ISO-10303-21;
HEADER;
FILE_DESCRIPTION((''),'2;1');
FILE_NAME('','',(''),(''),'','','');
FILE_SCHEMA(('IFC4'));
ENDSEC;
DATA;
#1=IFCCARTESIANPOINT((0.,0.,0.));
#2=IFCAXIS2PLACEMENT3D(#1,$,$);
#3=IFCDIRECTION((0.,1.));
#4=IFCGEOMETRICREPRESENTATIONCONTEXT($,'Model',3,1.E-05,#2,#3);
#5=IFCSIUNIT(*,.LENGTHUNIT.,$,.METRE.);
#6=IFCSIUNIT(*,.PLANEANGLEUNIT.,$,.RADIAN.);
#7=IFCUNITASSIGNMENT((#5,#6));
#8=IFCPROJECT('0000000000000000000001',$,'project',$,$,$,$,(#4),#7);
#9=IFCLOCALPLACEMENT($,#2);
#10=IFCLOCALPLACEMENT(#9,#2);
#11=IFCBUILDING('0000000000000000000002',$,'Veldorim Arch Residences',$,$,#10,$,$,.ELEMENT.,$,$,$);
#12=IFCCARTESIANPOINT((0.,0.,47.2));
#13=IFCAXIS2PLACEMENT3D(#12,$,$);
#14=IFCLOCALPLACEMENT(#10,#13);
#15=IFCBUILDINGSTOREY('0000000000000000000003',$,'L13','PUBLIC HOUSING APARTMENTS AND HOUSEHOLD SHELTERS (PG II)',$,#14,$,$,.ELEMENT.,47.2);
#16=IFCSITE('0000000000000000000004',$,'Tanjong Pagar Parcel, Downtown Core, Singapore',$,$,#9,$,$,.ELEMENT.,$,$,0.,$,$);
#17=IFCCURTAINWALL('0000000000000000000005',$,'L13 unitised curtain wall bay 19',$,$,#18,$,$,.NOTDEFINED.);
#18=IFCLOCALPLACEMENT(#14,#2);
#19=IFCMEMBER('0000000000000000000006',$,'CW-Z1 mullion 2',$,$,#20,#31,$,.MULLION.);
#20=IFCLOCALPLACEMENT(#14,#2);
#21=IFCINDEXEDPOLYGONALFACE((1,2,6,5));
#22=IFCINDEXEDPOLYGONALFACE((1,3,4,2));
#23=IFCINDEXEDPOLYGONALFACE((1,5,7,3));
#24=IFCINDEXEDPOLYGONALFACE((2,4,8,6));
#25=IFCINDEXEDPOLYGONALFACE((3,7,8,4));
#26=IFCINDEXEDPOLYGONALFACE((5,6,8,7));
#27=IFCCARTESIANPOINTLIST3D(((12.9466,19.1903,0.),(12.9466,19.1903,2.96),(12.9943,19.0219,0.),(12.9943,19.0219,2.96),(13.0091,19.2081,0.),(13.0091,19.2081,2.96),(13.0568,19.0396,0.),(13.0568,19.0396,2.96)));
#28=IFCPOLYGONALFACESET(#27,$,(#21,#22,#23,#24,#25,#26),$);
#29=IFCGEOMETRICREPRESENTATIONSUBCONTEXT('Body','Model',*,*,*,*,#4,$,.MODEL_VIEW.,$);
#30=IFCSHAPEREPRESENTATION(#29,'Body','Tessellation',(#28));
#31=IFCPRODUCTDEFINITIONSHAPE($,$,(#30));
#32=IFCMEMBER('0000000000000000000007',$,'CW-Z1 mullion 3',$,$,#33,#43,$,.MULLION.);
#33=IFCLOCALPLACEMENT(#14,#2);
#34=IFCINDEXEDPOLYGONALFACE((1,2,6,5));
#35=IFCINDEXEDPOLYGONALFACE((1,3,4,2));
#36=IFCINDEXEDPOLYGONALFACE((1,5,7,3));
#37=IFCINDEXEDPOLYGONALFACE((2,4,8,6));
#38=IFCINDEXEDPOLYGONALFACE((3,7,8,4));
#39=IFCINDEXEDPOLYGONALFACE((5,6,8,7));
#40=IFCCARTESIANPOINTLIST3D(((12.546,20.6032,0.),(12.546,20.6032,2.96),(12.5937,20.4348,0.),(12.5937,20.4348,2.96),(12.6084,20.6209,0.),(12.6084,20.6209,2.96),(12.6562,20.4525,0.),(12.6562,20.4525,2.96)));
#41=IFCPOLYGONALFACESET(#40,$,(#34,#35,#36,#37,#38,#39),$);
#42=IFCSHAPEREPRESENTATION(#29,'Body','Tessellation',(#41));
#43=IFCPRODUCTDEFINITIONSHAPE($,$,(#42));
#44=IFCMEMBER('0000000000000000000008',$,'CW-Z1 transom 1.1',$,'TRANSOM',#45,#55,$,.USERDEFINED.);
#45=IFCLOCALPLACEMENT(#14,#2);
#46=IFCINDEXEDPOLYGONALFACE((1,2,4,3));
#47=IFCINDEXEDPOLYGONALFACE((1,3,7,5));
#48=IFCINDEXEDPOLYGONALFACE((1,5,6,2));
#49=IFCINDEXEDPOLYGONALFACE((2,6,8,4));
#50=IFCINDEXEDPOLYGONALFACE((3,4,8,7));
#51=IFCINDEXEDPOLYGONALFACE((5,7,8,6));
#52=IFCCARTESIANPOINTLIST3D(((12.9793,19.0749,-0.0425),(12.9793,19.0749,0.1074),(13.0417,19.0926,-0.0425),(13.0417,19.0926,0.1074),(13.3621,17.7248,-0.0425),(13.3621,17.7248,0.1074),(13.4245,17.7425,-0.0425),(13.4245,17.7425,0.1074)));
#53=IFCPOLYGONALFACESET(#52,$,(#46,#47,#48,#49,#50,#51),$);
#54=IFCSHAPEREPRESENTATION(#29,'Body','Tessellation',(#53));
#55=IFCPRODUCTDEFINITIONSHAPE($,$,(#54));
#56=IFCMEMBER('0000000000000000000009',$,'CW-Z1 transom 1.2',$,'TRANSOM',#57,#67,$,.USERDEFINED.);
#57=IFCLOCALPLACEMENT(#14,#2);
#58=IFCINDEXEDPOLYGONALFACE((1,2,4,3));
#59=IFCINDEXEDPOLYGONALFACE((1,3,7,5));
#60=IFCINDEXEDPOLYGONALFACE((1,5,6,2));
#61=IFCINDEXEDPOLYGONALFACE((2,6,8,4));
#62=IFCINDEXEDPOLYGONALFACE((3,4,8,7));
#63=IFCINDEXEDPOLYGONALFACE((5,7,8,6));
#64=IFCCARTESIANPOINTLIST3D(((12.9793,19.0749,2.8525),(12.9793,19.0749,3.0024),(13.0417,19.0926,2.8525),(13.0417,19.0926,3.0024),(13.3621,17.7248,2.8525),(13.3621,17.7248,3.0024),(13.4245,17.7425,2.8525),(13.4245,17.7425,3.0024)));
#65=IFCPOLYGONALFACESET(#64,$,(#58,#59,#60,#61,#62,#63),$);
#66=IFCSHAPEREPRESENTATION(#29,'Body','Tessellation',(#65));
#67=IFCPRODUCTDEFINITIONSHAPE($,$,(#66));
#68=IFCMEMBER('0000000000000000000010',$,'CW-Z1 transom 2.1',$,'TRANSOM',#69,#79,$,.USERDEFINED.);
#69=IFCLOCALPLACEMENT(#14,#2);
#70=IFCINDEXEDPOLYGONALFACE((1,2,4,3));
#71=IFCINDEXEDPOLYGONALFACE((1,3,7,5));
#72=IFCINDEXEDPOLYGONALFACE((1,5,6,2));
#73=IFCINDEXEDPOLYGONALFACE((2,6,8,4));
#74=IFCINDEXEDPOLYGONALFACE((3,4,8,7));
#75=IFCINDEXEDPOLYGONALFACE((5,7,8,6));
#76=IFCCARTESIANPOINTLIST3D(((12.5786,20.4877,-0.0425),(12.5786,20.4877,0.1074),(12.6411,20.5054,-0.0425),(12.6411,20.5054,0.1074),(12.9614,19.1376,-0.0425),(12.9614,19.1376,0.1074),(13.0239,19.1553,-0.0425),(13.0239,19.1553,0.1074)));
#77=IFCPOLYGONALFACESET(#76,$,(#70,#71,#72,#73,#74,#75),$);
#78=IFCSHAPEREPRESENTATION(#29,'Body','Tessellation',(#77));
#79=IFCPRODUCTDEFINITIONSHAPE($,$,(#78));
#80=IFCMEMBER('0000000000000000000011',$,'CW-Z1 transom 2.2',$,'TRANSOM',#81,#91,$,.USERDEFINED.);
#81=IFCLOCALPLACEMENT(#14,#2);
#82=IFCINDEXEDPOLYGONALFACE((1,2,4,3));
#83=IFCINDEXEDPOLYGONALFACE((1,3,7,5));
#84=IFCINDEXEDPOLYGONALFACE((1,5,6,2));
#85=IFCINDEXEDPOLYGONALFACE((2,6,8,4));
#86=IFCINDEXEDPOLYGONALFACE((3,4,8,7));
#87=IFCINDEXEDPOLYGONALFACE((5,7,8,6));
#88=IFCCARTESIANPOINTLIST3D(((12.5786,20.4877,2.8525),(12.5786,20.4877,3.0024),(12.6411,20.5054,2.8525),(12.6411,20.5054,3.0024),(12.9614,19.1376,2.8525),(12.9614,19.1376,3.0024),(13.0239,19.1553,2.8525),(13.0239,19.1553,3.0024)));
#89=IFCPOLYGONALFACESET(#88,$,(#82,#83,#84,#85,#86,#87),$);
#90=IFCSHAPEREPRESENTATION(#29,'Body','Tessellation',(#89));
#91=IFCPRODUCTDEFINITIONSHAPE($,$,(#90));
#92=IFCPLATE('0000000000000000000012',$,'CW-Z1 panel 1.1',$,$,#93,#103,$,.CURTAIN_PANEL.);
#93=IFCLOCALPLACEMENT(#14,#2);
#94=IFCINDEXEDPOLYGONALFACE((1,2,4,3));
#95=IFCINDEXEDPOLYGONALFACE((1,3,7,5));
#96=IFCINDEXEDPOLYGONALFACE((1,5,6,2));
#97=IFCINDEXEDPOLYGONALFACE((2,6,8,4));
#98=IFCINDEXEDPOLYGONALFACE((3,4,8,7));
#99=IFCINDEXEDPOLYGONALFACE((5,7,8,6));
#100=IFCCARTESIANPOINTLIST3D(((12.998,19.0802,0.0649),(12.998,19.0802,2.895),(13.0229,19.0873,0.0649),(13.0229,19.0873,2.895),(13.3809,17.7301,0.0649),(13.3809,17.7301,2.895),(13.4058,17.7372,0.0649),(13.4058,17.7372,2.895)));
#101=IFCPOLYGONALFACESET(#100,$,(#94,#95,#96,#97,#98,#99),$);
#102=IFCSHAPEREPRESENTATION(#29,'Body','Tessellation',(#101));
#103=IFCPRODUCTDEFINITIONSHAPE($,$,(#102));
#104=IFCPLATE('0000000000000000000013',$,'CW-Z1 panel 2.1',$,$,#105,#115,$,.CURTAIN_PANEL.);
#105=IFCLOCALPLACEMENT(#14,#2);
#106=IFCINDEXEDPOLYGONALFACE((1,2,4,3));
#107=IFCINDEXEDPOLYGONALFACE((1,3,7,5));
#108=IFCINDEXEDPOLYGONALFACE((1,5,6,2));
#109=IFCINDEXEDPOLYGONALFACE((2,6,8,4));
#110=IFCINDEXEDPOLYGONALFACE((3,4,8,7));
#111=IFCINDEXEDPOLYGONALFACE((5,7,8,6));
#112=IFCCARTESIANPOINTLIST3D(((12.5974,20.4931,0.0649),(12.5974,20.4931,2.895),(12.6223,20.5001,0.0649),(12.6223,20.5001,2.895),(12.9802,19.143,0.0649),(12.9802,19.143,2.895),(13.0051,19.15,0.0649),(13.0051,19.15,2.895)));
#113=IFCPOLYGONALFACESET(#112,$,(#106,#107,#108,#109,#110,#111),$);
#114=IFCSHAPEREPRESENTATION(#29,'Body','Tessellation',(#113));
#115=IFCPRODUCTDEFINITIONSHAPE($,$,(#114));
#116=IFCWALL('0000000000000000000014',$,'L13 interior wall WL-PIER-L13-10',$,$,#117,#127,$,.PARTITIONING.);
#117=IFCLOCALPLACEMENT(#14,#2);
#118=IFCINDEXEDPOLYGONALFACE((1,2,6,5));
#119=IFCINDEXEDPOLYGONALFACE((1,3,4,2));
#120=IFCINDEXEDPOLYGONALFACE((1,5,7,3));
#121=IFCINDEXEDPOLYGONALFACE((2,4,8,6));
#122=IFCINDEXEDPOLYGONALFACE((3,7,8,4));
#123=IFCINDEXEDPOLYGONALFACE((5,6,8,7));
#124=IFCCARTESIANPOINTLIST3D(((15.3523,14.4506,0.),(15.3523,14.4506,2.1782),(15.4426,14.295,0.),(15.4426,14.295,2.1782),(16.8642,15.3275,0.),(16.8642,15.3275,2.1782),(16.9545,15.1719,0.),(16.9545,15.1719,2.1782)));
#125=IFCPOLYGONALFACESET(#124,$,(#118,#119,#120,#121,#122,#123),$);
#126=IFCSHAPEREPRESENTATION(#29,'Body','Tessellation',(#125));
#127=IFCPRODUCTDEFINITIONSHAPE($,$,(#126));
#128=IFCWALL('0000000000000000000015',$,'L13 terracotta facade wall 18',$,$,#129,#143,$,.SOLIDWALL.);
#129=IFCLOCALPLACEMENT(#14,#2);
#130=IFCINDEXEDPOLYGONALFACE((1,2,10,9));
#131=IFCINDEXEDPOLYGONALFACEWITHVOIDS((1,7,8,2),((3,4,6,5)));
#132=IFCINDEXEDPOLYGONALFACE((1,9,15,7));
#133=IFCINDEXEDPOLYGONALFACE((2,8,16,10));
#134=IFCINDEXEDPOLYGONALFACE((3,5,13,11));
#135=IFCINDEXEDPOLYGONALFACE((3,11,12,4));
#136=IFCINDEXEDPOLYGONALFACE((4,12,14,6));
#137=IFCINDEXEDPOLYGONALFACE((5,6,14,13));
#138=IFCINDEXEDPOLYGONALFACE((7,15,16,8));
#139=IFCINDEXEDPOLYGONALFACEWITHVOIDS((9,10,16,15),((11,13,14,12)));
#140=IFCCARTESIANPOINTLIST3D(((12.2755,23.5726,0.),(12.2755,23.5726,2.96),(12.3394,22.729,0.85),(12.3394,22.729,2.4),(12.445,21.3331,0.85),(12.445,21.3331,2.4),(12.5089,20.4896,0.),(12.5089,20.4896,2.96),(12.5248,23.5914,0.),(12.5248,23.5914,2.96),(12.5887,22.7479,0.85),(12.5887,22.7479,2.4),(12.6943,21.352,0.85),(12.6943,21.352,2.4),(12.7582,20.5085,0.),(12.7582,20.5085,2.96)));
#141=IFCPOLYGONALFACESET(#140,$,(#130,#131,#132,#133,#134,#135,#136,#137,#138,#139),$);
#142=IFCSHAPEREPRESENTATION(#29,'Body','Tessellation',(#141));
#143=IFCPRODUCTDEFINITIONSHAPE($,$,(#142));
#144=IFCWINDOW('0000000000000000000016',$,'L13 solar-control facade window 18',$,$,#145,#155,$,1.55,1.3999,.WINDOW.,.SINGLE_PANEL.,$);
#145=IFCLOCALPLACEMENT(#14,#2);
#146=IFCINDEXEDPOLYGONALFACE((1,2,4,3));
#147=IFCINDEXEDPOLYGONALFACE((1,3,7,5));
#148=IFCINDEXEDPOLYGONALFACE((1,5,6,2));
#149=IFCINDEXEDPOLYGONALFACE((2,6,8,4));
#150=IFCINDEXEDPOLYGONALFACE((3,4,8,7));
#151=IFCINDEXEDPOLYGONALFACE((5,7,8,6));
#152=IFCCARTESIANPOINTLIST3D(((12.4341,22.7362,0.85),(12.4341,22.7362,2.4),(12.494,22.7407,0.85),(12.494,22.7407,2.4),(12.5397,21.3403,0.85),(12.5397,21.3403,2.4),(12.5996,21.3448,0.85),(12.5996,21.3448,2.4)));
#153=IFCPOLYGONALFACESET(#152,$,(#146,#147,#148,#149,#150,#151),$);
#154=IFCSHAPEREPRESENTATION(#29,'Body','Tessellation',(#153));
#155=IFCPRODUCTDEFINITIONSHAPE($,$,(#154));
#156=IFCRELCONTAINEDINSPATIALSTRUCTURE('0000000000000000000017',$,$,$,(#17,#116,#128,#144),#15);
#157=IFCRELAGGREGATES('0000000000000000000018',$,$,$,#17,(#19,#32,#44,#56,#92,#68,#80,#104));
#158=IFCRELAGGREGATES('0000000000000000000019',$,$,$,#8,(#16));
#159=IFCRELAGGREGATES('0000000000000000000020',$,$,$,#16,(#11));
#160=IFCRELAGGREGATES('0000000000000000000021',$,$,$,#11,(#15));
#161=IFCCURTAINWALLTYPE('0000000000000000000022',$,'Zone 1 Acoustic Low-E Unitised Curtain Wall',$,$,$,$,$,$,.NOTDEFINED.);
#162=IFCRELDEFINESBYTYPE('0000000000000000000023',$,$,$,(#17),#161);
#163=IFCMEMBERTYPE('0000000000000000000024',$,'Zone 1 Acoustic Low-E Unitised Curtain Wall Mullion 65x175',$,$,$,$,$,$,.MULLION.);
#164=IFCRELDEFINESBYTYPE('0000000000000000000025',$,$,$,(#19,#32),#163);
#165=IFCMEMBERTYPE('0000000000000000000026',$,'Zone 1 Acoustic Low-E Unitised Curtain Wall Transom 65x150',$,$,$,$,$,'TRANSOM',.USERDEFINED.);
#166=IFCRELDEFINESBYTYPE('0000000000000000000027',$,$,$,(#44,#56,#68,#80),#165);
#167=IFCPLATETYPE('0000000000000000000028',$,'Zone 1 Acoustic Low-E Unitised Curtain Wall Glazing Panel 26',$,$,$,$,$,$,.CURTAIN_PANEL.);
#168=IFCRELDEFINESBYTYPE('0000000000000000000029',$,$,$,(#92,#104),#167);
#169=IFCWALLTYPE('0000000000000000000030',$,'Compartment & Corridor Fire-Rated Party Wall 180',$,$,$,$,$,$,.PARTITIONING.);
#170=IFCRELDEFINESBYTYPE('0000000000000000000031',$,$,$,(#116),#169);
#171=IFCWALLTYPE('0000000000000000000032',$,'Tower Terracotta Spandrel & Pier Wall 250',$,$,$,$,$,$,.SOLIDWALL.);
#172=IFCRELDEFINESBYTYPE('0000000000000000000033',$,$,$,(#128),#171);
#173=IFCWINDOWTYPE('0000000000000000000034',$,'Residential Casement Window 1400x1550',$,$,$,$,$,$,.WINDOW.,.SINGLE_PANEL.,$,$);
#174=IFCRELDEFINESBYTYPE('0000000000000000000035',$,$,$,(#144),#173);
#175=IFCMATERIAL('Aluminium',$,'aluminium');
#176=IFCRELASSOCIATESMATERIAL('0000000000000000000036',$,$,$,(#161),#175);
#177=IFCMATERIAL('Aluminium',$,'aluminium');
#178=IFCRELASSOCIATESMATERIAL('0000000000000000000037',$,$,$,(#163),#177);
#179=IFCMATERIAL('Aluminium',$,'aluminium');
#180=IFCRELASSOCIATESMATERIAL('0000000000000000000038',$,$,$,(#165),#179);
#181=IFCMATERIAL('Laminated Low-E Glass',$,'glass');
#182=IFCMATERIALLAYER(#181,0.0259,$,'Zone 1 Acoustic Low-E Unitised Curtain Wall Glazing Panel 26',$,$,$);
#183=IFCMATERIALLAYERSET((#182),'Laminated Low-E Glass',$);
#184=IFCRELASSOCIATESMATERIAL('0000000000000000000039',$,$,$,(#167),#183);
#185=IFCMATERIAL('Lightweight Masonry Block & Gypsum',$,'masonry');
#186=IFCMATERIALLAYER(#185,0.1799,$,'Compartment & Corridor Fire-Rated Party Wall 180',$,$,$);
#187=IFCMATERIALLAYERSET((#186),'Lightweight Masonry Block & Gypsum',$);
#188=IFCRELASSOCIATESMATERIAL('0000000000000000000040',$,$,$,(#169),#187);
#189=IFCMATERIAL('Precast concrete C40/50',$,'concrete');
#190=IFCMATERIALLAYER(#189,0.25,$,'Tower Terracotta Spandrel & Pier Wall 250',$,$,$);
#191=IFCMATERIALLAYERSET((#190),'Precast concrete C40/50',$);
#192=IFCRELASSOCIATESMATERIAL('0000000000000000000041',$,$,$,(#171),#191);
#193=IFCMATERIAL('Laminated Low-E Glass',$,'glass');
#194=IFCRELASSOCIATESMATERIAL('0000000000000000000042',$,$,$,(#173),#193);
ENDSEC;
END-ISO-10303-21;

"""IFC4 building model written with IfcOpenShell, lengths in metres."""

from ifc_helpers import new_model, si_unit, direction, frame, frame_2d, origin, origin_2d, place, context, subcontext, project, spatial, rectangle, extrude, material, layer, layer_set, material_profile, profile_set, type_object, element, fill, aggregate, save


model = new_model("IFC4")

# Units and contexts
model_context = context("Model", 3, precision=1e-05, world=origin(), true_north=direction((0.0, 1.0)))
body_context = subcontext(model_context, "Body", "Model", "MODEL_VIEW")
ifc_project = project(units=[si_unit("LENGTHUNIT", "METRE"), si_unit("PLANEANGLEUNIT", "RADIAN")], contexts=[model_context])

# Site, building, storey
site_placement = place(None, origin())
site = spatial("IfcSite", under=ifc_project, at=site_placement, Name="Tanjong Pagar Parcel, Downtown Core, Singapore", CompositionType="ELEMENT", RefElevation=0.0)
building_placement = place(site_placement, origin())
building = spatial("IfcBuilding", under=site, at=building_placement, Name="Veldorim Arch Residences", CompositionType="ELEMENT")
storey_placement = place(building_placement, frame((0.0, 0.0, 47.2)))
storey = spatial("IfcBuildingStorey", under=building, at=storey_placement, Name="L13", Description="PUBLIC HOUSING APARTMENTS AND HOUSEHOLD SHELTERS (PG II)", CompositionType="ELEMENT", Elevation=47.2)

# Curtain wall, members, plates
ifc_material_1 = material(Name="Aluminium", Category="aluminium")
curtain_wall_type = type_object("IfcCurtainWallType", Name="Zone 1 Acoustic Low-E Unitised Curtain Wall", PredefinedType="NOTDEFINED", material=ifc_material_1)
curtain_wall_placement = place(storey_placement, origin())
curtain_wall = element("IfcCurtainWall", 1, at=curtain_wall_placement, inside=storey, type_object=curtain_wall_type, Name="L13 unitised curtain wall bay 19", PredefinedType="NOTDEFINED")
ifc_material_2 = material(Name="Aluminium", Category="aluminium")
ifc_material_profile_1 = material_profile(ifc_material_2, rectangle(XDim=0.0649, YDim=0.175, at=origin_2d()), Name="ALU_MUL_65x175")
ifc_profile_set_1 = profile_set([ifc_material_profile_1], Name="Aluminium")
member_type_1 = type_object("IfcMemberType", Name="Zone 1 Acoustic Low-E Unitised Curtain Wall Mullion 65x175", PredefinedType="MULLION", material=ifc_profile_set_1)
member_1_placement = place(storey_placement, frame((13.0017, 19.115, 0.0), z_axis=(0.0, 0.0, 1.0), x_axis=(-0.962071, -0.272798, 0.0)))
member_1 = element("IfcMember", 2, at=member_1_placement, type_object=member_type_1, Name="CW-Z1 mullion 2", PredefinedType="MULLION", context=body_context, shape_type="SweptSolid", body=[
    extrude(rectangle(XDim=0.0649, YDim=0.175, at=origin_2d()), origin(), (0.0, 0.0, 1.0), 2.96),
])
member_2_placement = place(storey_placement, frame((12.6011, 20.5278, 0.0), z_axis=(0.0, 0.0, 1.0), x_axis=(-0.962071, -0.272798, 0.0)))
member_2 = element("IfcMember", 3, at=member_2_placement, type_object=member_type_1, Name="CW-Z1 mullion 3", PredefinedType="MULLION", context=body_context, shape_type="SweptSolid", body=[
    extrude(rectangle(XDim=0.0649, YDim=0.175, at=origin_2d()), origin(), (0.0, 0.0, 1.0), 2.96),
])
ifc_material_3 = material(Name="Aluminium", Category="aluminium")
ifc_material_profile_2 = material_profile(ifc_material_3, rectangle(XDim=0.0649, YDim=0.1499, at=origin_2d()), Name="ALU_TRN_65x150")
ifc_profile_set_2 = profile_set([ifc_material_profile_2], Name="Aluminium")
member_type_2 = type_object("IfcMemberType", Name="Zone 1 Acoustic Low-E Unitised Curtain Wall Transom 65x150", ElementType="TRANSOM", PredefinedType="USERDEFINED", material=ifc_profile_set_2)
member_3_placement = place(storey_placement, frame((13.3933, 17.7336, 0.0325), z_axis=(-0.27279, 0.962073, 0.0), x_axis=(-0.962073, -0.27279, 0.0)))
member_3 = element("IfcMember", 4, at=member_3_placement, type_object=member_type_2, Name="CW-Z1 transom 1.1", ObjectType="TRANSOM", PredefinedType="USERDEFINED", context=body_context, shape_type="SweptSolid", body=[
    extrude(rectangle(XDim=0.0649, YDim=0.1499, at=origin_2d()), origin(), (0.0, 0.0, 1.0), 1.4033),
])
member_4_placement = place(storey_placement, frame((13.3933, 17.7336, 2.9275), z_axis=(-0.27279, 0.962073, 0.0), x_axis=(-0.962073, -0.27279, 0.0)))
member_4 = element("IfcMember", 5, at=member_4_placement, type_object=member_type_2, Name="CW-Z1 transom 1.2", ObjectType="TRANSOM", PredefinedType="USERDEFINED", context=body_context, shape_type="SweptSolid", body=[
    extrude(rectangle(XDim=0.0649, YDim=0.1499, at=origin_2d()), origin(), (0.0, 0.0, 1.0), 1.4033),
])
member_5_placement = place(storey_placement, frame((12.9927, 19.1465, 0.0325), z_axis=(-0.27279, 0.962073, 0.0), x_axis=(-0.962073, -0.27279, 0.0)))
member_5 = element("IfcMember", 6, at=member_5_placement, type_object=member_type_2, Name="CW-Z1 transom 2.1", ObjectType="TRANSOM", PredefinedType="USERDEFINED", context=body_context, shape_type="SweptSolid", body=[
    extrude(rectangle(XDim=0.0649, YDim=0.1499, at=origin_2d()), origin(), (0.0, 0.0, 1.0), 1.4033),
])
member_6_placement = place(storey_placement, frame((12.9927, 19.1465, 2.9275), z_axis=(-0.27279, 0.962073, 0.0), x_axis=(-0.962073, -0.27279, 0.0)))
member_6 = element("IfcMember", 7, at=member_6_placement, type_object=member_type_2, Name="CW-Z1 transom 2.2", ObjectType="TRANSOM", PredefinedType="USERDEFINED", context=body_context, shape_type="SweptSolid", body=[
    extrude(rectangle(XDim=0.0649, YDim=0.1499, at=origin_2d()), origin(), (0.0, 0.0, 1.0), 1.4033),
])
ifc_material_4 = material(Name="Laminated Low-E Glass", Category="glass")
ifc_layer_1 = layer(ifc_material_4, 0.0259, Name="Zone 1 Acoustic Low-E Unitised Curtain Wall Glazing Panel 26")
ifc_layer_set_1 = layer_set([ifc_layer_1], Name="Laminated Low-E Glass")
plate_type = type_object("IfcPlateType", Name="Zone 1 Acoustic Low-E Unitised Curtain Wall Glazing Panel 26", PredefinedType="CURTAIN_PANEL", material=ifc_layer_set_1)
plate_1_placement = place(storey_placement, frame((13.2019, 18.4087, 0.0649), z_axis=(0.0, 0.0, 1.0), x_axis=(-0.272798, 0.962071, 0.0)))
plate_1 = element("IfcPlate", 8, at=plate_1_placement, type_object=plate_type, Name="CW-Z1 panel 1.1", PredefinedType="CURTAIN_PANEL", context=body_context, shape_type="SweptSolid", body=[
    extrude(rectangle(XDim=1.4033, YDim=0.0259, at=origin_2d()), origin(), (0.0, 0.0, 1.0), 2.8301),
])
plate_2_placement = place(storey_placement, frame((12.8013, 19.8215, 0.0649), z_axis=(0.0, 0.0, 1.0), x_axis=(-0.272798, 0.962071, 0.0)))
plate_2 = element("IfcPlate", 9, at=plate_2_placement, type_object=plate_type, Name="CW-Z1 panel 2.1", PredefinedType="CURTAIN_PANEL", context=body_context, shape_type="SweptSolid", body=[
    extrude(rectangle(XDim=1.4033, YDim=0.0259, at=origin_2d()), origin(), (0.0, 0.0, 1.0), 2.8301),
])
aggregate(curtain_wall, [member_1, member_2, member_3, member_4, plate_1, member_5, member_6, plate_2])

# Wall
ifc_material_5 = material(Name="Lightweight Masonry Block & Gypsum", Category="masonry")
ifc_layer_2 = layer(ifc_material_5, 0.1799, Name="Compartment & Corridor Fire-Rated Party Wall 180")
ifc_layer_set_2 = layer_set([ifc_layer_2], Name="Lightweight Masonry Block & Gypsum")
wall_type_1 = type_object("IfcWallType", Name="Compartment & Corridor Fire-Rated Party Wall 180", PredefinedType="PARTITIONING", material=ifc_layer_set_2)
wall_1_placement = place(storey_placement, frame((16.9094, 15.2498, 0.0), z_axis=(0.0, 0.0, 1.0), x_axis=(-0.865028, -0.501724, 0.0)))
element("IfcWall", 10, at=wall_1_placement, inside=storey, type_object=wall_type_1, Name="L13 interior wall WL-PIER-L13-10", PredefinedType="PARTITIONING", context=body_context, shape_type="SweptSolid", body=[
    extrude(rectangle(XDim=1.7478, YDim=0.1799, at=frame_2d((0.874, 0.0))), origin(), (0.0, 0.0, 1.0), 2.1782),
])

# Wall, opening, window
ifc_material_6 = material(Name="Precast concrete C40/50", Category="concrete")
ifc_layer_3 = layer(ifc_material_6, 0.25, Name="Tower Terracotta Spandrel & Pier Wall 250")
ifc_layer_set_3 = layer_set([ifc_layer_3], Name="Precast concrete C40/50")
wall_type_2 = type_object("IfcWallType", Name="Tower Terracotta Spandrel & Pier Wall 250", PredefinedType="SOLIDWALL", material=ifc_layer_set_3)
wall_2_placement = place(storey_placement, frame((12.6335, 20.499, 0.0), z_axis=(0.0, 0.0, 1.0), x_axis=(-0.075489, 0.997147, 0.0)))
wall_2 = element("IfcWall", 11, at=wall_2_placement, inside=storey, type_object=wall_type_2, Name="L13 terracotta facade wall 18", PredefinedType="SOLIDWALL", context=body_context, shape_type="SweptSolid", body=[
    extrude(rectangle(XDim=3.0918, YDim=0.25, at=frame_2d((1.5459, 0.0))), origin(), (0.0, 0.0, 1.0), 2.96),
])
opening_1_placement = place(wall_2_placement, frame((0.8459, 0.0, 0.8501)))
opening_1 = element("IfcOpeningElement", 12, at=opening_1_placement, cuts=wall_2, PredefinedType="OPENING", context=body_context, shape_type="SweptSolid", body=[
    extrude(rectangle(XDim=1.3999, YDim=1.55, at=frame_2d((0.7, 0.7749))), frame((0.0, 0.135, 0.0), z_axis=(0.0, -1.0, 0.0), x_axis=(1.0, 0.0, 0.0)), (0.0, 0.0, 1.0), 0.27),
])
ifc_material_7 = material(Name="Laminated Low-E Glass", Category="glass")
window_type = type_object("IfcWindowType", Name="Residential Casement Window 1400x1550", PartitioningType="SINGLE_PANEL", PredefinedType="WINDOW", material=ifc_material_7)
window_1_placement = place(opening_1_placement, origin())
window_1 = element("IfcWindow", 13, at=window_1_placement, inside=storey, type_object=window_type, Name="L13 solar-control facade window 18", OverallHeight=1.55, OverallWidth=1.3999, PartitioningType="SINGLE_PANEL", PredefinedType="WINDOW", context=body_context, shape_type="SweptSolid", body=[
    extrude(rectangle(XDim=1.3999, YDim=1.55, at=frame_2d((0.7, 0.7749))), frame((0.0, 0.03, 0.0), z_axis=(0.0, -1.0, 0.0), x_axis=(1.0, 0.0, 0.0)), (0.0, 0.0, 1.0), 0.0601),
])
fill(opening_1, window_1)

save(model, "model.ifc")
